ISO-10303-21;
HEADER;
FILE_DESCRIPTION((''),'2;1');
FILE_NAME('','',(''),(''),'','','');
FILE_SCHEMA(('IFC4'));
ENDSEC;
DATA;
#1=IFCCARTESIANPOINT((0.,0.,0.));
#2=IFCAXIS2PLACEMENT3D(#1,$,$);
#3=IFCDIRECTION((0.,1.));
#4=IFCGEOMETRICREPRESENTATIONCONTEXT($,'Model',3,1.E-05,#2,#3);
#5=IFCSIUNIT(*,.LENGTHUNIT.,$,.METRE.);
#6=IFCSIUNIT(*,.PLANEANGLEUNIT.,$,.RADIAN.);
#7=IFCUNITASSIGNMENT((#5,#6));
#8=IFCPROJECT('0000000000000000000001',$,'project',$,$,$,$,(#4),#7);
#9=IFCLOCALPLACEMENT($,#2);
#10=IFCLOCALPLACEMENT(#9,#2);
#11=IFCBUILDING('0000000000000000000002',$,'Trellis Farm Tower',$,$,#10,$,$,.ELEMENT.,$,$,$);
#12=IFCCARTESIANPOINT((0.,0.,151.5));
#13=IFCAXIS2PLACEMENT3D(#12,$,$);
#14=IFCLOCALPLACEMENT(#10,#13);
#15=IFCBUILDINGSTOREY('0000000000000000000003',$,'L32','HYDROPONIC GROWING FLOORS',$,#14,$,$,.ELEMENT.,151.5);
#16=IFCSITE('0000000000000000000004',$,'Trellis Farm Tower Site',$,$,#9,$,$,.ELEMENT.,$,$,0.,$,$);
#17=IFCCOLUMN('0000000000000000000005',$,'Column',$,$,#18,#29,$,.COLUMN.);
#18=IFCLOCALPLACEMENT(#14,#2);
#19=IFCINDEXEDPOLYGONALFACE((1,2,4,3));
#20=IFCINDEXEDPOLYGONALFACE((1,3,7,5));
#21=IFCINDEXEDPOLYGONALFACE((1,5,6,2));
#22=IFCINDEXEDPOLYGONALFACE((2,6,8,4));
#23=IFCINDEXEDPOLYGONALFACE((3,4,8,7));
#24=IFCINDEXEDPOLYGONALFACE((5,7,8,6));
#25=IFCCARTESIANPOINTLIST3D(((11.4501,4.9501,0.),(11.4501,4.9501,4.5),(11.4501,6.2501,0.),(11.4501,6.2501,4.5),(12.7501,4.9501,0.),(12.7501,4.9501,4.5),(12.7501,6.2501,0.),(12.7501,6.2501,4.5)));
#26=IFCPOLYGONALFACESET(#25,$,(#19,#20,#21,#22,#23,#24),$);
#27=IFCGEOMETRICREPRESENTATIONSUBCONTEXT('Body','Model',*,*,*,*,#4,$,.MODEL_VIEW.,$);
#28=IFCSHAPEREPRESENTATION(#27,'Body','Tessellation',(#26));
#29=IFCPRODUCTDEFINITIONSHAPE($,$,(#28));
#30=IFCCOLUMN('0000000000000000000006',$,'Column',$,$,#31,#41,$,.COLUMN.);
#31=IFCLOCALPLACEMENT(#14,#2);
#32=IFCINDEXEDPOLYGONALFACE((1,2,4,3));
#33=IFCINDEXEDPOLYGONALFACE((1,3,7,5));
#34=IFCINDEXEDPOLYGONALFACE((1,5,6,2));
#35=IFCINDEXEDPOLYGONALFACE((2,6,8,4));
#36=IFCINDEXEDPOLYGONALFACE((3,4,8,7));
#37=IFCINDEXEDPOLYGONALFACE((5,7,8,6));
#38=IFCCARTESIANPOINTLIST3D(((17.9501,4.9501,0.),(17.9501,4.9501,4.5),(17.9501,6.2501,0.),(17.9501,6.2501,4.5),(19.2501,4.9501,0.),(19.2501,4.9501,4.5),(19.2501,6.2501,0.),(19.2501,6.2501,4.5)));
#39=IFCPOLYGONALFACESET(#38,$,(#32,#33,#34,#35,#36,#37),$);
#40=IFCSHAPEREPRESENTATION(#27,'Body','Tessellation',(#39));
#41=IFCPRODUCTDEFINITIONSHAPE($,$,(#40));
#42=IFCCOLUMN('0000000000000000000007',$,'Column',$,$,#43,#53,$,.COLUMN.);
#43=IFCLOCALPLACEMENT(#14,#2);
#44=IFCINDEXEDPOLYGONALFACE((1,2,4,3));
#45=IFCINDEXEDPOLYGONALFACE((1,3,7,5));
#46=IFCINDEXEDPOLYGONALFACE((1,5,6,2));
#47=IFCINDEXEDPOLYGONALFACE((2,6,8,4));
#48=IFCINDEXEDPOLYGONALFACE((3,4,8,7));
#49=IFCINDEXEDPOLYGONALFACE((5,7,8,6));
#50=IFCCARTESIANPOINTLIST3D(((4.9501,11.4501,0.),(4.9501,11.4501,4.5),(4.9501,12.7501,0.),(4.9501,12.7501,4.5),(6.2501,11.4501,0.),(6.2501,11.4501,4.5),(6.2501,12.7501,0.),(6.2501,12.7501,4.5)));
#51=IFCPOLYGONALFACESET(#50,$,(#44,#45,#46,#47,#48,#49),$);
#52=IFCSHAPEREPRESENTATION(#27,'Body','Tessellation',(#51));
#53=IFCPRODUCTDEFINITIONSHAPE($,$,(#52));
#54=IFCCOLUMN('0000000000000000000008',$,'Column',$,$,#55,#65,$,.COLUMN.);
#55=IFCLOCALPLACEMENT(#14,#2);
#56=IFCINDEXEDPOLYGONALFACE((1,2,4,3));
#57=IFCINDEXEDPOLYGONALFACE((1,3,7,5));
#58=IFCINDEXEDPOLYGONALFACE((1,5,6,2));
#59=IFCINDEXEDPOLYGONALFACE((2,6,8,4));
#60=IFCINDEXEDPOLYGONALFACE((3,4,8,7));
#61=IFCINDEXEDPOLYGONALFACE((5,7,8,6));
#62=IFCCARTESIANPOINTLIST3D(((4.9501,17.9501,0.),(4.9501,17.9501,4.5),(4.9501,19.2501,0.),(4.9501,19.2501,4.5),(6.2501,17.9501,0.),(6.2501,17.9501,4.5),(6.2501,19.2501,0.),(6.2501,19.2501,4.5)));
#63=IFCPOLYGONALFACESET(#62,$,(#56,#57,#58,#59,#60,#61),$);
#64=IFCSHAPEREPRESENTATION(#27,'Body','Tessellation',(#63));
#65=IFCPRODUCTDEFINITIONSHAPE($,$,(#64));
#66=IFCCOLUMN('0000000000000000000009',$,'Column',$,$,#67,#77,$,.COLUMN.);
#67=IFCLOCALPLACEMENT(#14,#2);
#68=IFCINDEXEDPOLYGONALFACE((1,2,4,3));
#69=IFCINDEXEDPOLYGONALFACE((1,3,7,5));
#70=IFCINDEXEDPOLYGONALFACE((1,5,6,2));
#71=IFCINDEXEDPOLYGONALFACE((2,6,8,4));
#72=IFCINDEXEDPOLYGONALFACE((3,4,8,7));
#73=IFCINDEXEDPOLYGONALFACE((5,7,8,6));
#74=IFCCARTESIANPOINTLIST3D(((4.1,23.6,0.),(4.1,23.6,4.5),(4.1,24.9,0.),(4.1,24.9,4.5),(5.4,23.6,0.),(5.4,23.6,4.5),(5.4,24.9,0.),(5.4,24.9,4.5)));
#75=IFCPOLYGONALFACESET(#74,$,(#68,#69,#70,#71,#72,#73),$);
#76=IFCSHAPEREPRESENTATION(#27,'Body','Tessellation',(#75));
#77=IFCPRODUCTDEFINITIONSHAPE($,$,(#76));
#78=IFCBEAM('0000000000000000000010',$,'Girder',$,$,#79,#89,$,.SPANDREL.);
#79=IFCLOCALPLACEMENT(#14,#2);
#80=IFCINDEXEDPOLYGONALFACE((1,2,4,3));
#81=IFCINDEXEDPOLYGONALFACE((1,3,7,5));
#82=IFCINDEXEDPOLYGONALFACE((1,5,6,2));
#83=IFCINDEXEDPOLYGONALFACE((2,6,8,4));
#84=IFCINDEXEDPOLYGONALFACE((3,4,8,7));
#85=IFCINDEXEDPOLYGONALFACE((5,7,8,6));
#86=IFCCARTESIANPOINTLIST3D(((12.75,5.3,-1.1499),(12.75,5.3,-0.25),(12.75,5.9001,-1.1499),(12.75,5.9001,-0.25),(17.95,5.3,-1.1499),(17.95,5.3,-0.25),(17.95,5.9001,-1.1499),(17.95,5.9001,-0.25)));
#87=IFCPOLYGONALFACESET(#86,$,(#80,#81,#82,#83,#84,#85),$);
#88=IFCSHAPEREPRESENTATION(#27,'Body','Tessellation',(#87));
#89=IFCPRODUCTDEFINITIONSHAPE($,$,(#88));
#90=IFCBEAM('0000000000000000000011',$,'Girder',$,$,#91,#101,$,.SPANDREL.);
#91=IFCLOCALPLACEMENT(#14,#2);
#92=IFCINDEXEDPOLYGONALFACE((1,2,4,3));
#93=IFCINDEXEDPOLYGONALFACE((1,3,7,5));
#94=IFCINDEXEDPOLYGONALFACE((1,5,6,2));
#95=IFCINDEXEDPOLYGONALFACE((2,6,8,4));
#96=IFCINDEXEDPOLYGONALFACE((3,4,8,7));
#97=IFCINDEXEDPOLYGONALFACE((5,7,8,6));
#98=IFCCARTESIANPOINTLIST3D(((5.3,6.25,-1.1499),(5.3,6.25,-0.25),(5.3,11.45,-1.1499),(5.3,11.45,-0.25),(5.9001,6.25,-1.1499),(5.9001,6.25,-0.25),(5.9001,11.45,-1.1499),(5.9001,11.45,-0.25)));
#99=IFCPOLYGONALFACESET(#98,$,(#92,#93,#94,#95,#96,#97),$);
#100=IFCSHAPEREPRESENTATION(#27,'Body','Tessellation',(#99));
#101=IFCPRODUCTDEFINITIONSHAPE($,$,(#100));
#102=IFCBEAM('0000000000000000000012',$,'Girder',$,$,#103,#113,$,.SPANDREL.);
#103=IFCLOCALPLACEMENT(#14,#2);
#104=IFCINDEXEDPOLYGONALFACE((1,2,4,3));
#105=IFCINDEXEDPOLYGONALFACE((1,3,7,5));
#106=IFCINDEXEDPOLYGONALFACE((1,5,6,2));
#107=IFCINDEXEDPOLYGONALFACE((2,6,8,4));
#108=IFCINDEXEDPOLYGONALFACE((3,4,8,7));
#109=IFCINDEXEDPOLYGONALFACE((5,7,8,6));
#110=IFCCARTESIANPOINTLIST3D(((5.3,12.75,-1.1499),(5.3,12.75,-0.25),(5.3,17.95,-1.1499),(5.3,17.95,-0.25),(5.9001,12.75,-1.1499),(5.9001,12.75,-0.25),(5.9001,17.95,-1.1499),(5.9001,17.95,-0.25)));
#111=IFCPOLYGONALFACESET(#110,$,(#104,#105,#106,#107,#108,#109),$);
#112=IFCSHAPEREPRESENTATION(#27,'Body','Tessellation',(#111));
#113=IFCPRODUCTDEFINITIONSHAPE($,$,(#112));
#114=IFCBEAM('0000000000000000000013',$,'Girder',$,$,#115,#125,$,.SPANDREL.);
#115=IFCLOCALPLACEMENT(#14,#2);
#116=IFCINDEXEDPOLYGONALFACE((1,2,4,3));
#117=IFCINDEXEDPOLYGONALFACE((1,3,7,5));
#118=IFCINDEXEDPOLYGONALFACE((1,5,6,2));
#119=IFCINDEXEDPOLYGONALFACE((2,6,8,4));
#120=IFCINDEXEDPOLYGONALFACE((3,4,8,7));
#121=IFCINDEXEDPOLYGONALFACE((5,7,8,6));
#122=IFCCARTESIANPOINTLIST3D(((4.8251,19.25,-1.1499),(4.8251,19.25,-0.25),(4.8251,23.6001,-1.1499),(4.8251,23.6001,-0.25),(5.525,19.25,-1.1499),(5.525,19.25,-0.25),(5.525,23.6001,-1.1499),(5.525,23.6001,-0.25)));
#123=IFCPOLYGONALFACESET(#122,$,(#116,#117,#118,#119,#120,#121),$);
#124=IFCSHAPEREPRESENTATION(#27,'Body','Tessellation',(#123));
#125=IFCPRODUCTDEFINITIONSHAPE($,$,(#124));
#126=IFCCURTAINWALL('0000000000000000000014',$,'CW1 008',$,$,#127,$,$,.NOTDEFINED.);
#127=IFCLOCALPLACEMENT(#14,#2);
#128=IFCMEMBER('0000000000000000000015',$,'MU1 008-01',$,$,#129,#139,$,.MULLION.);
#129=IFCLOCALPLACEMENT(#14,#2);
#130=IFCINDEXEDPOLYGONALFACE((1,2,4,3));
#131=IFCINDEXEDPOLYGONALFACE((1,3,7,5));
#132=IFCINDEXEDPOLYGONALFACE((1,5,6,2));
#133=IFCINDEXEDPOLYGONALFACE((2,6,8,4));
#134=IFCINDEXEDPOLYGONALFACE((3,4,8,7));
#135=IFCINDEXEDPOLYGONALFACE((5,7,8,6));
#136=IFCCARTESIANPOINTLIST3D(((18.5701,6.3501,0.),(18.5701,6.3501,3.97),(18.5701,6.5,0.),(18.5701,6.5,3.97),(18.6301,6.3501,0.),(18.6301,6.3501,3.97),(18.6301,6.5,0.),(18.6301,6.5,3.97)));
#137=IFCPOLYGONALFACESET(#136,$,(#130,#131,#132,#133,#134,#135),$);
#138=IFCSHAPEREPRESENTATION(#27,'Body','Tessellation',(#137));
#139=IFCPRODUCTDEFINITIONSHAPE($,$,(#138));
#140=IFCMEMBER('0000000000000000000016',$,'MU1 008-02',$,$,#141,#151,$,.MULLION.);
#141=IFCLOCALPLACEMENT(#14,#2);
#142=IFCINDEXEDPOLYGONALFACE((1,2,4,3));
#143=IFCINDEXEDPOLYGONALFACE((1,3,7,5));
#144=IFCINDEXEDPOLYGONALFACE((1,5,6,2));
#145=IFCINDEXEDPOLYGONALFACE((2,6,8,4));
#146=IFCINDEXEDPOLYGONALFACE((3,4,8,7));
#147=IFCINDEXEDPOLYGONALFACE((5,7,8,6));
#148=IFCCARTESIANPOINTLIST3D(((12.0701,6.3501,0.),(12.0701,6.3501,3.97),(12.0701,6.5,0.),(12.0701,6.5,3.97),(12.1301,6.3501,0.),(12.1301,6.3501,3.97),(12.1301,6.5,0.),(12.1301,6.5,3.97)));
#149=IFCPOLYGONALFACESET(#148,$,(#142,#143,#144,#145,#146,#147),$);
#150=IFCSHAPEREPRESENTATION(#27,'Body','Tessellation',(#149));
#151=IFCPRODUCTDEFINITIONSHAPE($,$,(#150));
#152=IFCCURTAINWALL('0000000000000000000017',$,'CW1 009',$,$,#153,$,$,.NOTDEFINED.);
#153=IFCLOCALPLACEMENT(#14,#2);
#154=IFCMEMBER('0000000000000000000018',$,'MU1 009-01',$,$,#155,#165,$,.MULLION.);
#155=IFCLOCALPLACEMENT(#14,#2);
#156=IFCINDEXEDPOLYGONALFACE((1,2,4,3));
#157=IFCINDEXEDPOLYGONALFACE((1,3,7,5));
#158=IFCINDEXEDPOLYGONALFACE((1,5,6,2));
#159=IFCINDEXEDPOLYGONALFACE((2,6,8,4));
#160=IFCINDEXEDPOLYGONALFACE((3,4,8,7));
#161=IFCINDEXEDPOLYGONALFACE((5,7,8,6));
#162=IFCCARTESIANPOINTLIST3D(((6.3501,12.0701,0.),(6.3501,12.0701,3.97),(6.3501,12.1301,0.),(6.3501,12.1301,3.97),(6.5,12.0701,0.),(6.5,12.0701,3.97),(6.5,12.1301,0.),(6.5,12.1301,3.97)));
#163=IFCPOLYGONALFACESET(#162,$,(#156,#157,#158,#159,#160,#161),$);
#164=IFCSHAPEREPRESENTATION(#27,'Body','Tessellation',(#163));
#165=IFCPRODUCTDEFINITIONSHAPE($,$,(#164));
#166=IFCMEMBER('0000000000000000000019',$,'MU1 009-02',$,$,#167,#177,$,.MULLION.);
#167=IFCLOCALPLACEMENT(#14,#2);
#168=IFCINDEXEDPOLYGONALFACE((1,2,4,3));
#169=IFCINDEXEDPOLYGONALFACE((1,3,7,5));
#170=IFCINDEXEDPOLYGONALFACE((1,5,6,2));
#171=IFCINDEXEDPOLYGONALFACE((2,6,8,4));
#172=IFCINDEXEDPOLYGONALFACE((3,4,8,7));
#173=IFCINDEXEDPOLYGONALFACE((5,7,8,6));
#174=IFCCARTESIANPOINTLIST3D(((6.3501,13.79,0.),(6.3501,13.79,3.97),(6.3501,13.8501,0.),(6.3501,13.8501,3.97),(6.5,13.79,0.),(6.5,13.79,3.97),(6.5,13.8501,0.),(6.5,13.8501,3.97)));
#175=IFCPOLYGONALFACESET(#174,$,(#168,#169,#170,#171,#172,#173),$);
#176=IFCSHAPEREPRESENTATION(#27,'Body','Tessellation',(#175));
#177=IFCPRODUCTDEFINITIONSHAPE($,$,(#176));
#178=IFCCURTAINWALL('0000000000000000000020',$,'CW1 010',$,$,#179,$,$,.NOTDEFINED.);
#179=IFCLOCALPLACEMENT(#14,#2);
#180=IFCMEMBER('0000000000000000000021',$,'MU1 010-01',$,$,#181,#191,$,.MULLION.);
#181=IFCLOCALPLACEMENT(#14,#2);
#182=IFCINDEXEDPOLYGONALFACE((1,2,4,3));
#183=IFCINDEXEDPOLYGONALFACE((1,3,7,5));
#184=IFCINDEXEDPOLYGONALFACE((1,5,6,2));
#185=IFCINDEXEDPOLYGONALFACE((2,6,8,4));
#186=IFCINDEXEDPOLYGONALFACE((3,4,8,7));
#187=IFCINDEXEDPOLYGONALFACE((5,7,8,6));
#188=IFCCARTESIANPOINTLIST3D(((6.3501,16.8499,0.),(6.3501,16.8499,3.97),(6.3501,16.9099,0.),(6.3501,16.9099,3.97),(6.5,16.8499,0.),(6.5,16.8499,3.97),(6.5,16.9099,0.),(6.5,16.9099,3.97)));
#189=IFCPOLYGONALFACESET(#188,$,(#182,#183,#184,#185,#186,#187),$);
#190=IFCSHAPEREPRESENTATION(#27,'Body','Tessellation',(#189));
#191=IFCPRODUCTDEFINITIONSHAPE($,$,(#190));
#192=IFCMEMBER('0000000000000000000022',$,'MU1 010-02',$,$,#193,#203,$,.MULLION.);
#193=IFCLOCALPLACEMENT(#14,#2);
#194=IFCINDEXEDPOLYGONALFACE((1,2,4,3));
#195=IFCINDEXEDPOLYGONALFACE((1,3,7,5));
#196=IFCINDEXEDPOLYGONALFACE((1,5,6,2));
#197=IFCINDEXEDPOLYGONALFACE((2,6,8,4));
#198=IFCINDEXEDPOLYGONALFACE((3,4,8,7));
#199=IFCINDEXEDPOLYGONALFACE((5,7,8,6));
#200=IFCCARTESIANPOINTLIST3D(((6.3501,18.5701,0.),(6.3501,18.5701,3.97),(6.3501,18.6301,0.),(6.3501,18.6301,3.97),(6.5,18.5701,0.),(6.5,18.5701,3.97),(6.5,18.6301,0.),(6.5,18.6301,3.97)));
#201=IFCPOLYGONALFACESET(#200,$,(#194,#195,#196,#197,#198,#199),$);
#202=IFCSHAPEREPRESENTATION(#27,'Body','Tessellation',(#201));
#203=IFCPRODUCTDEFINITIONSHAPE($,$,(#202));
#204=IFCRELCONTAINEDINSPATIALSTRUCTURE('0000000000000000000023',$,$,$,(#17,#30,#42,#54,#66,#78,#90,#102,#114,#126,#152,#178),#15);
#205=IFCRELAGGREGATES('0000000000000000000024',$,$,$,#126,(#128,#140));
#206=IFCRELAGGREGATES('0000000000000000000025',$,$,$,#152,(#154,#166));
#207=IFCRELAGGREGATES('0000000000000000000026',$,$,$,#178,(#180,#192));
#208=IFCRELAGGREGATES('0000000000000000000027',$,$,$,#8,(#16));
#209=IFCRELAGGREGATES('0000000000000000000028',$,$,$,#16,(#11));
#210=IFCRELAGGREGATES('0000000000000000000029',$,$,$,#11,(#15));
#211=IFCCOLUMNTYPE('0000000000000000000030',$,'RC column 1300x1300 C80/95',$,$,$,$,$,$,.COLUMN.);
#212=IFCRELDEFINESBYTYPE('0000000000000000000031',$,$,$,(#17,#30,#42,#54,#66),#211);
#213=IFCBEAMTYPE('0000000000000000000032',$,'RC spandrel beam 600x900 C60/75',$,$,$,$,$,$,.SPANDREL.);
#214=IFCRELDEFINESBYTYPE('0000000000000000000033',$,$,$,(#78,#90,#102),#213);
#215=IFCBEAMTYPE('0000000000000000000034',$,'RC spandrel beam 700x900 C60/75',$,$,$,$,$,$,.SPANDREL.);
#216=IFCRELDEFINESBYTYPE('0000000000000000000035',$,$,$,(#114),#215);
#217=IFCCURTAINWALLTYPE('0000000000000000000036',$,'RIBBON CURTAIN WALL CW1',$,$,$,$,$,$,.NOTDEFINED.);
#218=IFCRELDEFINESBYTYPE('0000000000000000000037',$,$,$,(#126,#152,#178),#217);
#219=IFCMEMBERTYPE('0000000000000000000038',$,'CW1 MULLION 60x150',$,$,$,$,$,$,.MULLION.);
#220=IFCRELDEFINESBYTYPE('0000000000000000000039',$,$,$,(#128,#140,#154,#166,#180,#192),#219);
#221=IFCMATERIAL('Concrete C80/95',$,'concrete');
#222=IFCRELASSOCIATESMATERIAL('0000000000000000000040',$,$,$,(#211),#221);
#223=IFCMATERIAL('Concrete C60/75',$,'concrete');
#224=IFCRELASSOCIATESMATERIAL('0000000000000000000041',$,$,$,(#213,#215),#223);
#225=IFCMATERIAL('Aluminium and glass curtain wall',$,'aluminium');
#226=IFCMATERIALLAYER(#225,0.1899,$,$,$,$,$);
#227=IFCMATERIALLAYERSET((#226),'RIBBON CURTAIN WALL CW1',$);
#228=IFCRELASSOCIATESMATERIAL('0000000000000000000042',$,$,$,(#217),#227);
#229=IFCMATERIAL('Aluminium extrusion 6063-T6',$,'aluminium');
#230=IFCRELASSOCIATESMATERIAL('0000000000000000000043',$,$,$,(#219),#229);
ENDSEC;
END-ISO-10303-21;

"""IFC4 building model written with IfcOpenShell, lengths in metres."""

from ifc_helpers import new_model, si_unit, direction, frame, origin, origin_2d, place, context, subcontext, project, spatial, rectangle, extrude, source, transform, mapped, material, layer, layer_set, material_profile, profile_set, type_object, element, aggregate, save


model = new_model("IFC4")

# Units and contexts
model_context = context("Model", 3, precision=1e-05, world=origin(), true_north=direction((0.0, 1.0)))
body_context = subcontext(model_context, "Body", "Model", "MODEL_VIEW")
ifc_project = project(units=[si_unit("LENGTHUNIT", "METRE"), si_unit("PLANEANGLEUNIT", "RADIAN")], contexts=[model_context])

# Site, building, storey
site_placement = place(None, origin())
site = spatial("IfcSite", under=ifc_project, at=site_placement, Name="Trellis Farm Tower Site", CompositionType="ELEMENT", RefElevation=0.0)
building_placement = place(site_placement, origin())
building = spatial("IfcBuilding", under=site, at=building_placement, Name="Trellis Farm Tower", CompositionType="ELEMENT")
storey_placement = place(building_placement, frame((0.0, 0.0, 151.5)))
storey = spatial("IfcBuildingStorey", under=building, at=storey_placement, Name="L32", Description="HYDROPONIC GROWING FLOORS", CompositionType="ELEMENT", Elevation=151.5)

# Columns
ifc_material_1 = material(Name="Concrete C80/95", Category="concrete")
ifc_material_profile_1 = material_profile(ifc_material_1, rectangle(XDim=1.3, YDim=1.3, at=origin_2d()), Name="RC column 1300x1300 C80/95")
ifc_profile_set_1 = profile_set([ifc_material_profile_1], Name="Concrete C80/95")
column_type = type_object("IfcColumnType", Name="RC column 1300x1300 C80/95", PredefinedType="COLUMN", material=ifc_profile_set_1)
shared_shape_1 = source(origin(), body_context, "Body", "SweptSolid", [
    extrude(rectangle(XDim=1.3, YDim=1.3, at=origin_2d()), origin(), (0.0, 0.0, 1.0), 4.5),
])
for number, where, z_axis, x_axis, name in (
    (1, (12.1001, 5.6001, 0.0), (0.0, 0.0, 1.0), (1.0, 0.0, 0.0), "Column"),
    (2, (18.6001, 5.6001, 0.0), (0.0, 0.0, 1.0), (1.0, 0.0, 0.0), "Column"),
    (3, (5.6001, 12.1001, 0.0), (0.0, 0.0, 1.0), (1.0, 0.0, 0.0), "Column"),
    (4, (5.6001, 18.6001, 0.0), (0.0, 0.0, 1.0), (1.0, 0.0, 0.0), "Column"),
    (5, (4.75, 24.25, 0.0), (0.0, 0.0, 1.0), (1.0, 0.0, 0.0), "Column"),
):
    element("IfcColumn", number, at=place(storey_placement, frame(where, z_axis=z_axis, x_axis=x_axis)), inside=storey, type_object=column_type, Name=name, PredefinedType="COLUMN", context=body_context, shape_type="MappedRepresentation", body=[
        mapped(shared_shape_1, transform((0.0, 0.0, 0.0))),
    ])

# Beams
ifc_material_2 = material(Name="Concrete C60/75", Category="concrete")
ifc_material_profile_2 = material_profile(ifc_material_2, rectangle(XDim=0.6001, YDim=0.8999, at=origin_2d()), Name="RC spandrel beam 600x900 C60/75")
ifc_profile_set_2 = profile_set([ifc_material_profile_2], Name="Concrete C60/75")
beam_type_1 = type_object("IfcBeamType", Name="RC spandrel beam 600x900 C60/75", PredefinedType="SPANDREL", material=ifc_profile_set_2)
shared_shape_2 = source(origin(), body_context, "Body", "SweptSolid", [
    extrude(rectangle(XDim=0.6001, YDim=0.8999, at=origin_2d()), origin(), (0.0, 0.0, 1.0), 5.2),
])
for number, where, z_axis, x_axis, name in (
    (6, (12.75, 5.6001, -0.7), (1.0, 0.0, 0.0), (0.0, 1.0, 0.0), "Girder"),
    (7, (5.6001, 6.25, -0.7), (0.0, 1.0, 0.0), (-1.0, 0.0, 0.0), "Girder"),
    (8, (5.6001, 12.75, -0.7), (0.0, 1.0, 0.0), (-1.0, 0.0, 0.0), "Girder"),
):
    element("IfcBeam", number, at=place(storey_placement, frame(where, z_axis=z_axis, x_axis=x_axis)), inside=storey, type_object=beam_type_1, Name=name, PredefinedType="SPANDREL", context=body_context, shape_type="MappedRepresentation", body=[
        mapped(shared_shape_2, transform((0.0, 0.0, 0.0))),
    ])
ifc_material_profile_3 = material_profile(ifc_material_2, rectangle(XDim=0.7, YDim=0.8999, at=origin_2d()), Name="RC spandrel beam 700x900 C60/75")
ifc_profile_set_3 = profile_set([ifc_material_profile_3], Name="Concrete C60/75")
beam_type_2 = type_object("IfcBeamType", Name="RC spandrel beam 700x900 C60/75", PredefinedType="SPANDREL", material=ifc_profile_set_3)
shared_shape_3 = source(origin(), body_context, "Body", "SweptSolid", [
    extrude(rectangle(XDim=0.7, YDim=0.8999, at=origin_2d()), origin(), (0.0, 0.0, 1.0), 4.3501),
])
beam_placement = place(storey_placement, frame((5.175, 19.25, -0.7), z_axis=(0.0, 1.0, 0.0), x_axis=(-1.0, 0.0, 0.0)))
element("IfcBeam", 9, at=beam_placement, inside=storey, type_object=beam_type_2, Name="Girder", PredefinedType="SPANDREL", context=body_context, shape_type="MappedRepresentation", body=[
    mapped(shared_shape_3, transform((0.0, 0.0, 0.0))),
])

# Curtain walls, members
ifc_material_3 = material(Name="Aluminium and glass curtain wall", Category="aluminium")
ifc_layer_1 = layer(ifc_material_3, 0.1899)
ifc_layer_set_1 = layer_set([ifc_layer_1], Name="RIBBON CURTAIN WALL CW1")
curtain_wall_type_1 = type_object("IfcCurtainWallType", Name="RIBBON CURTAIN WALL CW1", PredefinedType="NOTDEFINED", material=ifc_layer_set_1)
placement = place(storey_placement, origin())
curtain_wall_1 = element("IfcCurtainWall", 10, at=placement, inside=storey, type_object=curtain_wall_type_1, Name="CW1 008", PredefinedType="NOTDEFINED")
ifc_material_4 = material(Name="Aluminium extrusion 6063-T6", Category="aluminium")
ifc_material_profile_4 = material_profile(ifc_material_4, rectangle(XDim=0.0601, YDim=0.1499, at=origin_2d()), Name="MULLION 60x150")
ifc_profile_set_4 = profile_set([ifc_material_profile_4], Name="Aluminium extrusion 6063-T6")
member_type_1 = type_object("IfcMemberType", Name="CW1 MULLION 60x150", PredefinedType="MULLION", material=ifc_profile_set_4)
shared_shape_4 = source(origin(), body_context, "Body", "SweptSolid", [
    extrude(rectangle(XDim=0.0601, YDim=0.1499, at=origin_2d()), origin(), (0.0, 0.0, 1.0), 3.97),
])
member_1_placement = place(storey_placement, frame((18.6001, 6.425, 0.0), z_axis=(0.0, 0.0, 1.0), x_axis=(-1.0, 0.0, 0.0)))
member_1 = element("IfcMember", 11, at=member_1_placement, type_object=member_type_1, Name="MU1 008-01", PredefinedType="MULLION", context=body_context, shape_type="MappedRepresentation", body=[
    mapped(shared_shape_4, transform((0.0, 0.0, 0.0))),
])
member_2_placement = place(storey_placement, frame((12.1001, 6.425, 0.0), z_axis=(0.0, 0.0, 1.0), x_axis=(-1.0, 0.0, 0.0)))
member_2 = element("IfcMember", 12, at=member_2_placement, type_object=member_type_1, Name="MU1 008-02", PredefinedType="MULLION", context=body_context, shape_type="MappedRepresentation", body=[
    mapped(shared_shape_4, transform((0.0, 0.0, 0.0))),
])
aggregate(curtain_wall_1, [member_1, member_2])
curtain_wall_2 = element("IfcCurtainWall", 13, at=placement, inside=storey, type_object=curtain_wall_type_1, Name="CW1 009", PredefinedType="NOTDEFINED")
member_3_placement = place(storey_placement, frame((6.425, 12.1001, 0.0), z_axis=(0.0, 0.0, 1.0), x_axis=(0.0, 1.0, 0.0)))
member_3 = element("IfcMember", 14, at=member_3_placement, type_object=member_type_1, Name="MU1 009-01", PredefinedType="MULLION", context=body_context, shape_type="MappedRepresentation", body=[
    mapped(shared_shape_4, transform((0.0, 0.0, 0.0))),
])
member_4_placement = place(storey_placement, frame((6.425, 13.8201, 0.0), z_axis=(0.0, 0.0, 1.0), x_axis=(0.0, 1.0, 0.0)))
member_4 = element("IfcMember", 15, at=member_4_placement, type_object=member_type_1, Name="MU1 009-02", PredefinedType="MULLION", context=body_context, shape_type="MappedRepresentation", body=[
    mapped(shared_shape_4, transform((0.0, 0.0, 0.0))),
])
aggregate(curtain_wall_2, [member_3, member_4])
curtain_wall_3 = element("IfcCurtainWall", 16, at=placement, inside=storey, type_object=curtain_wall_type_1, Name="CW1 010", PredefinedType="NOTDEFINED")
member_5_placement = place(storey_placement, frame((6.425, 16.8799, 0.0), z_axis=(0.0, 0.0, 1.0), x_axis=(0.0, 1.0, 0.0)))
member_5 = element("IfcMember", 17, at=member_5_placement, type_object=member_type_1, Name="MU1 010-01", PredefinedType="MULLION", context=body_context, shape_type="MappedRepresentation", body=[
    mapped(shared_shape_4, transform((0.0, 0.0, 0.0))),
])
member_6_placement = place(storey_placement, frame((6.425, 18.6001, 0.0), z_axis=(0.0, 0.0, 1.0), x_axis=(0.0, 1.0, 0.0)))
member_6 = element("IfcMember", 18, at=member_6_placement, type_object=member_type_1, Name="MU1 010-02", PredefinedType="MULLION", context=body_context, shape_type="MappedRepresentation", body=[
    mapped(shared_shape_4, transform((0.0, 0.0, 0.0))),
])
aggregate(curtain_wall_3, [member_5, member_6])

save(model, "model.ifc")
